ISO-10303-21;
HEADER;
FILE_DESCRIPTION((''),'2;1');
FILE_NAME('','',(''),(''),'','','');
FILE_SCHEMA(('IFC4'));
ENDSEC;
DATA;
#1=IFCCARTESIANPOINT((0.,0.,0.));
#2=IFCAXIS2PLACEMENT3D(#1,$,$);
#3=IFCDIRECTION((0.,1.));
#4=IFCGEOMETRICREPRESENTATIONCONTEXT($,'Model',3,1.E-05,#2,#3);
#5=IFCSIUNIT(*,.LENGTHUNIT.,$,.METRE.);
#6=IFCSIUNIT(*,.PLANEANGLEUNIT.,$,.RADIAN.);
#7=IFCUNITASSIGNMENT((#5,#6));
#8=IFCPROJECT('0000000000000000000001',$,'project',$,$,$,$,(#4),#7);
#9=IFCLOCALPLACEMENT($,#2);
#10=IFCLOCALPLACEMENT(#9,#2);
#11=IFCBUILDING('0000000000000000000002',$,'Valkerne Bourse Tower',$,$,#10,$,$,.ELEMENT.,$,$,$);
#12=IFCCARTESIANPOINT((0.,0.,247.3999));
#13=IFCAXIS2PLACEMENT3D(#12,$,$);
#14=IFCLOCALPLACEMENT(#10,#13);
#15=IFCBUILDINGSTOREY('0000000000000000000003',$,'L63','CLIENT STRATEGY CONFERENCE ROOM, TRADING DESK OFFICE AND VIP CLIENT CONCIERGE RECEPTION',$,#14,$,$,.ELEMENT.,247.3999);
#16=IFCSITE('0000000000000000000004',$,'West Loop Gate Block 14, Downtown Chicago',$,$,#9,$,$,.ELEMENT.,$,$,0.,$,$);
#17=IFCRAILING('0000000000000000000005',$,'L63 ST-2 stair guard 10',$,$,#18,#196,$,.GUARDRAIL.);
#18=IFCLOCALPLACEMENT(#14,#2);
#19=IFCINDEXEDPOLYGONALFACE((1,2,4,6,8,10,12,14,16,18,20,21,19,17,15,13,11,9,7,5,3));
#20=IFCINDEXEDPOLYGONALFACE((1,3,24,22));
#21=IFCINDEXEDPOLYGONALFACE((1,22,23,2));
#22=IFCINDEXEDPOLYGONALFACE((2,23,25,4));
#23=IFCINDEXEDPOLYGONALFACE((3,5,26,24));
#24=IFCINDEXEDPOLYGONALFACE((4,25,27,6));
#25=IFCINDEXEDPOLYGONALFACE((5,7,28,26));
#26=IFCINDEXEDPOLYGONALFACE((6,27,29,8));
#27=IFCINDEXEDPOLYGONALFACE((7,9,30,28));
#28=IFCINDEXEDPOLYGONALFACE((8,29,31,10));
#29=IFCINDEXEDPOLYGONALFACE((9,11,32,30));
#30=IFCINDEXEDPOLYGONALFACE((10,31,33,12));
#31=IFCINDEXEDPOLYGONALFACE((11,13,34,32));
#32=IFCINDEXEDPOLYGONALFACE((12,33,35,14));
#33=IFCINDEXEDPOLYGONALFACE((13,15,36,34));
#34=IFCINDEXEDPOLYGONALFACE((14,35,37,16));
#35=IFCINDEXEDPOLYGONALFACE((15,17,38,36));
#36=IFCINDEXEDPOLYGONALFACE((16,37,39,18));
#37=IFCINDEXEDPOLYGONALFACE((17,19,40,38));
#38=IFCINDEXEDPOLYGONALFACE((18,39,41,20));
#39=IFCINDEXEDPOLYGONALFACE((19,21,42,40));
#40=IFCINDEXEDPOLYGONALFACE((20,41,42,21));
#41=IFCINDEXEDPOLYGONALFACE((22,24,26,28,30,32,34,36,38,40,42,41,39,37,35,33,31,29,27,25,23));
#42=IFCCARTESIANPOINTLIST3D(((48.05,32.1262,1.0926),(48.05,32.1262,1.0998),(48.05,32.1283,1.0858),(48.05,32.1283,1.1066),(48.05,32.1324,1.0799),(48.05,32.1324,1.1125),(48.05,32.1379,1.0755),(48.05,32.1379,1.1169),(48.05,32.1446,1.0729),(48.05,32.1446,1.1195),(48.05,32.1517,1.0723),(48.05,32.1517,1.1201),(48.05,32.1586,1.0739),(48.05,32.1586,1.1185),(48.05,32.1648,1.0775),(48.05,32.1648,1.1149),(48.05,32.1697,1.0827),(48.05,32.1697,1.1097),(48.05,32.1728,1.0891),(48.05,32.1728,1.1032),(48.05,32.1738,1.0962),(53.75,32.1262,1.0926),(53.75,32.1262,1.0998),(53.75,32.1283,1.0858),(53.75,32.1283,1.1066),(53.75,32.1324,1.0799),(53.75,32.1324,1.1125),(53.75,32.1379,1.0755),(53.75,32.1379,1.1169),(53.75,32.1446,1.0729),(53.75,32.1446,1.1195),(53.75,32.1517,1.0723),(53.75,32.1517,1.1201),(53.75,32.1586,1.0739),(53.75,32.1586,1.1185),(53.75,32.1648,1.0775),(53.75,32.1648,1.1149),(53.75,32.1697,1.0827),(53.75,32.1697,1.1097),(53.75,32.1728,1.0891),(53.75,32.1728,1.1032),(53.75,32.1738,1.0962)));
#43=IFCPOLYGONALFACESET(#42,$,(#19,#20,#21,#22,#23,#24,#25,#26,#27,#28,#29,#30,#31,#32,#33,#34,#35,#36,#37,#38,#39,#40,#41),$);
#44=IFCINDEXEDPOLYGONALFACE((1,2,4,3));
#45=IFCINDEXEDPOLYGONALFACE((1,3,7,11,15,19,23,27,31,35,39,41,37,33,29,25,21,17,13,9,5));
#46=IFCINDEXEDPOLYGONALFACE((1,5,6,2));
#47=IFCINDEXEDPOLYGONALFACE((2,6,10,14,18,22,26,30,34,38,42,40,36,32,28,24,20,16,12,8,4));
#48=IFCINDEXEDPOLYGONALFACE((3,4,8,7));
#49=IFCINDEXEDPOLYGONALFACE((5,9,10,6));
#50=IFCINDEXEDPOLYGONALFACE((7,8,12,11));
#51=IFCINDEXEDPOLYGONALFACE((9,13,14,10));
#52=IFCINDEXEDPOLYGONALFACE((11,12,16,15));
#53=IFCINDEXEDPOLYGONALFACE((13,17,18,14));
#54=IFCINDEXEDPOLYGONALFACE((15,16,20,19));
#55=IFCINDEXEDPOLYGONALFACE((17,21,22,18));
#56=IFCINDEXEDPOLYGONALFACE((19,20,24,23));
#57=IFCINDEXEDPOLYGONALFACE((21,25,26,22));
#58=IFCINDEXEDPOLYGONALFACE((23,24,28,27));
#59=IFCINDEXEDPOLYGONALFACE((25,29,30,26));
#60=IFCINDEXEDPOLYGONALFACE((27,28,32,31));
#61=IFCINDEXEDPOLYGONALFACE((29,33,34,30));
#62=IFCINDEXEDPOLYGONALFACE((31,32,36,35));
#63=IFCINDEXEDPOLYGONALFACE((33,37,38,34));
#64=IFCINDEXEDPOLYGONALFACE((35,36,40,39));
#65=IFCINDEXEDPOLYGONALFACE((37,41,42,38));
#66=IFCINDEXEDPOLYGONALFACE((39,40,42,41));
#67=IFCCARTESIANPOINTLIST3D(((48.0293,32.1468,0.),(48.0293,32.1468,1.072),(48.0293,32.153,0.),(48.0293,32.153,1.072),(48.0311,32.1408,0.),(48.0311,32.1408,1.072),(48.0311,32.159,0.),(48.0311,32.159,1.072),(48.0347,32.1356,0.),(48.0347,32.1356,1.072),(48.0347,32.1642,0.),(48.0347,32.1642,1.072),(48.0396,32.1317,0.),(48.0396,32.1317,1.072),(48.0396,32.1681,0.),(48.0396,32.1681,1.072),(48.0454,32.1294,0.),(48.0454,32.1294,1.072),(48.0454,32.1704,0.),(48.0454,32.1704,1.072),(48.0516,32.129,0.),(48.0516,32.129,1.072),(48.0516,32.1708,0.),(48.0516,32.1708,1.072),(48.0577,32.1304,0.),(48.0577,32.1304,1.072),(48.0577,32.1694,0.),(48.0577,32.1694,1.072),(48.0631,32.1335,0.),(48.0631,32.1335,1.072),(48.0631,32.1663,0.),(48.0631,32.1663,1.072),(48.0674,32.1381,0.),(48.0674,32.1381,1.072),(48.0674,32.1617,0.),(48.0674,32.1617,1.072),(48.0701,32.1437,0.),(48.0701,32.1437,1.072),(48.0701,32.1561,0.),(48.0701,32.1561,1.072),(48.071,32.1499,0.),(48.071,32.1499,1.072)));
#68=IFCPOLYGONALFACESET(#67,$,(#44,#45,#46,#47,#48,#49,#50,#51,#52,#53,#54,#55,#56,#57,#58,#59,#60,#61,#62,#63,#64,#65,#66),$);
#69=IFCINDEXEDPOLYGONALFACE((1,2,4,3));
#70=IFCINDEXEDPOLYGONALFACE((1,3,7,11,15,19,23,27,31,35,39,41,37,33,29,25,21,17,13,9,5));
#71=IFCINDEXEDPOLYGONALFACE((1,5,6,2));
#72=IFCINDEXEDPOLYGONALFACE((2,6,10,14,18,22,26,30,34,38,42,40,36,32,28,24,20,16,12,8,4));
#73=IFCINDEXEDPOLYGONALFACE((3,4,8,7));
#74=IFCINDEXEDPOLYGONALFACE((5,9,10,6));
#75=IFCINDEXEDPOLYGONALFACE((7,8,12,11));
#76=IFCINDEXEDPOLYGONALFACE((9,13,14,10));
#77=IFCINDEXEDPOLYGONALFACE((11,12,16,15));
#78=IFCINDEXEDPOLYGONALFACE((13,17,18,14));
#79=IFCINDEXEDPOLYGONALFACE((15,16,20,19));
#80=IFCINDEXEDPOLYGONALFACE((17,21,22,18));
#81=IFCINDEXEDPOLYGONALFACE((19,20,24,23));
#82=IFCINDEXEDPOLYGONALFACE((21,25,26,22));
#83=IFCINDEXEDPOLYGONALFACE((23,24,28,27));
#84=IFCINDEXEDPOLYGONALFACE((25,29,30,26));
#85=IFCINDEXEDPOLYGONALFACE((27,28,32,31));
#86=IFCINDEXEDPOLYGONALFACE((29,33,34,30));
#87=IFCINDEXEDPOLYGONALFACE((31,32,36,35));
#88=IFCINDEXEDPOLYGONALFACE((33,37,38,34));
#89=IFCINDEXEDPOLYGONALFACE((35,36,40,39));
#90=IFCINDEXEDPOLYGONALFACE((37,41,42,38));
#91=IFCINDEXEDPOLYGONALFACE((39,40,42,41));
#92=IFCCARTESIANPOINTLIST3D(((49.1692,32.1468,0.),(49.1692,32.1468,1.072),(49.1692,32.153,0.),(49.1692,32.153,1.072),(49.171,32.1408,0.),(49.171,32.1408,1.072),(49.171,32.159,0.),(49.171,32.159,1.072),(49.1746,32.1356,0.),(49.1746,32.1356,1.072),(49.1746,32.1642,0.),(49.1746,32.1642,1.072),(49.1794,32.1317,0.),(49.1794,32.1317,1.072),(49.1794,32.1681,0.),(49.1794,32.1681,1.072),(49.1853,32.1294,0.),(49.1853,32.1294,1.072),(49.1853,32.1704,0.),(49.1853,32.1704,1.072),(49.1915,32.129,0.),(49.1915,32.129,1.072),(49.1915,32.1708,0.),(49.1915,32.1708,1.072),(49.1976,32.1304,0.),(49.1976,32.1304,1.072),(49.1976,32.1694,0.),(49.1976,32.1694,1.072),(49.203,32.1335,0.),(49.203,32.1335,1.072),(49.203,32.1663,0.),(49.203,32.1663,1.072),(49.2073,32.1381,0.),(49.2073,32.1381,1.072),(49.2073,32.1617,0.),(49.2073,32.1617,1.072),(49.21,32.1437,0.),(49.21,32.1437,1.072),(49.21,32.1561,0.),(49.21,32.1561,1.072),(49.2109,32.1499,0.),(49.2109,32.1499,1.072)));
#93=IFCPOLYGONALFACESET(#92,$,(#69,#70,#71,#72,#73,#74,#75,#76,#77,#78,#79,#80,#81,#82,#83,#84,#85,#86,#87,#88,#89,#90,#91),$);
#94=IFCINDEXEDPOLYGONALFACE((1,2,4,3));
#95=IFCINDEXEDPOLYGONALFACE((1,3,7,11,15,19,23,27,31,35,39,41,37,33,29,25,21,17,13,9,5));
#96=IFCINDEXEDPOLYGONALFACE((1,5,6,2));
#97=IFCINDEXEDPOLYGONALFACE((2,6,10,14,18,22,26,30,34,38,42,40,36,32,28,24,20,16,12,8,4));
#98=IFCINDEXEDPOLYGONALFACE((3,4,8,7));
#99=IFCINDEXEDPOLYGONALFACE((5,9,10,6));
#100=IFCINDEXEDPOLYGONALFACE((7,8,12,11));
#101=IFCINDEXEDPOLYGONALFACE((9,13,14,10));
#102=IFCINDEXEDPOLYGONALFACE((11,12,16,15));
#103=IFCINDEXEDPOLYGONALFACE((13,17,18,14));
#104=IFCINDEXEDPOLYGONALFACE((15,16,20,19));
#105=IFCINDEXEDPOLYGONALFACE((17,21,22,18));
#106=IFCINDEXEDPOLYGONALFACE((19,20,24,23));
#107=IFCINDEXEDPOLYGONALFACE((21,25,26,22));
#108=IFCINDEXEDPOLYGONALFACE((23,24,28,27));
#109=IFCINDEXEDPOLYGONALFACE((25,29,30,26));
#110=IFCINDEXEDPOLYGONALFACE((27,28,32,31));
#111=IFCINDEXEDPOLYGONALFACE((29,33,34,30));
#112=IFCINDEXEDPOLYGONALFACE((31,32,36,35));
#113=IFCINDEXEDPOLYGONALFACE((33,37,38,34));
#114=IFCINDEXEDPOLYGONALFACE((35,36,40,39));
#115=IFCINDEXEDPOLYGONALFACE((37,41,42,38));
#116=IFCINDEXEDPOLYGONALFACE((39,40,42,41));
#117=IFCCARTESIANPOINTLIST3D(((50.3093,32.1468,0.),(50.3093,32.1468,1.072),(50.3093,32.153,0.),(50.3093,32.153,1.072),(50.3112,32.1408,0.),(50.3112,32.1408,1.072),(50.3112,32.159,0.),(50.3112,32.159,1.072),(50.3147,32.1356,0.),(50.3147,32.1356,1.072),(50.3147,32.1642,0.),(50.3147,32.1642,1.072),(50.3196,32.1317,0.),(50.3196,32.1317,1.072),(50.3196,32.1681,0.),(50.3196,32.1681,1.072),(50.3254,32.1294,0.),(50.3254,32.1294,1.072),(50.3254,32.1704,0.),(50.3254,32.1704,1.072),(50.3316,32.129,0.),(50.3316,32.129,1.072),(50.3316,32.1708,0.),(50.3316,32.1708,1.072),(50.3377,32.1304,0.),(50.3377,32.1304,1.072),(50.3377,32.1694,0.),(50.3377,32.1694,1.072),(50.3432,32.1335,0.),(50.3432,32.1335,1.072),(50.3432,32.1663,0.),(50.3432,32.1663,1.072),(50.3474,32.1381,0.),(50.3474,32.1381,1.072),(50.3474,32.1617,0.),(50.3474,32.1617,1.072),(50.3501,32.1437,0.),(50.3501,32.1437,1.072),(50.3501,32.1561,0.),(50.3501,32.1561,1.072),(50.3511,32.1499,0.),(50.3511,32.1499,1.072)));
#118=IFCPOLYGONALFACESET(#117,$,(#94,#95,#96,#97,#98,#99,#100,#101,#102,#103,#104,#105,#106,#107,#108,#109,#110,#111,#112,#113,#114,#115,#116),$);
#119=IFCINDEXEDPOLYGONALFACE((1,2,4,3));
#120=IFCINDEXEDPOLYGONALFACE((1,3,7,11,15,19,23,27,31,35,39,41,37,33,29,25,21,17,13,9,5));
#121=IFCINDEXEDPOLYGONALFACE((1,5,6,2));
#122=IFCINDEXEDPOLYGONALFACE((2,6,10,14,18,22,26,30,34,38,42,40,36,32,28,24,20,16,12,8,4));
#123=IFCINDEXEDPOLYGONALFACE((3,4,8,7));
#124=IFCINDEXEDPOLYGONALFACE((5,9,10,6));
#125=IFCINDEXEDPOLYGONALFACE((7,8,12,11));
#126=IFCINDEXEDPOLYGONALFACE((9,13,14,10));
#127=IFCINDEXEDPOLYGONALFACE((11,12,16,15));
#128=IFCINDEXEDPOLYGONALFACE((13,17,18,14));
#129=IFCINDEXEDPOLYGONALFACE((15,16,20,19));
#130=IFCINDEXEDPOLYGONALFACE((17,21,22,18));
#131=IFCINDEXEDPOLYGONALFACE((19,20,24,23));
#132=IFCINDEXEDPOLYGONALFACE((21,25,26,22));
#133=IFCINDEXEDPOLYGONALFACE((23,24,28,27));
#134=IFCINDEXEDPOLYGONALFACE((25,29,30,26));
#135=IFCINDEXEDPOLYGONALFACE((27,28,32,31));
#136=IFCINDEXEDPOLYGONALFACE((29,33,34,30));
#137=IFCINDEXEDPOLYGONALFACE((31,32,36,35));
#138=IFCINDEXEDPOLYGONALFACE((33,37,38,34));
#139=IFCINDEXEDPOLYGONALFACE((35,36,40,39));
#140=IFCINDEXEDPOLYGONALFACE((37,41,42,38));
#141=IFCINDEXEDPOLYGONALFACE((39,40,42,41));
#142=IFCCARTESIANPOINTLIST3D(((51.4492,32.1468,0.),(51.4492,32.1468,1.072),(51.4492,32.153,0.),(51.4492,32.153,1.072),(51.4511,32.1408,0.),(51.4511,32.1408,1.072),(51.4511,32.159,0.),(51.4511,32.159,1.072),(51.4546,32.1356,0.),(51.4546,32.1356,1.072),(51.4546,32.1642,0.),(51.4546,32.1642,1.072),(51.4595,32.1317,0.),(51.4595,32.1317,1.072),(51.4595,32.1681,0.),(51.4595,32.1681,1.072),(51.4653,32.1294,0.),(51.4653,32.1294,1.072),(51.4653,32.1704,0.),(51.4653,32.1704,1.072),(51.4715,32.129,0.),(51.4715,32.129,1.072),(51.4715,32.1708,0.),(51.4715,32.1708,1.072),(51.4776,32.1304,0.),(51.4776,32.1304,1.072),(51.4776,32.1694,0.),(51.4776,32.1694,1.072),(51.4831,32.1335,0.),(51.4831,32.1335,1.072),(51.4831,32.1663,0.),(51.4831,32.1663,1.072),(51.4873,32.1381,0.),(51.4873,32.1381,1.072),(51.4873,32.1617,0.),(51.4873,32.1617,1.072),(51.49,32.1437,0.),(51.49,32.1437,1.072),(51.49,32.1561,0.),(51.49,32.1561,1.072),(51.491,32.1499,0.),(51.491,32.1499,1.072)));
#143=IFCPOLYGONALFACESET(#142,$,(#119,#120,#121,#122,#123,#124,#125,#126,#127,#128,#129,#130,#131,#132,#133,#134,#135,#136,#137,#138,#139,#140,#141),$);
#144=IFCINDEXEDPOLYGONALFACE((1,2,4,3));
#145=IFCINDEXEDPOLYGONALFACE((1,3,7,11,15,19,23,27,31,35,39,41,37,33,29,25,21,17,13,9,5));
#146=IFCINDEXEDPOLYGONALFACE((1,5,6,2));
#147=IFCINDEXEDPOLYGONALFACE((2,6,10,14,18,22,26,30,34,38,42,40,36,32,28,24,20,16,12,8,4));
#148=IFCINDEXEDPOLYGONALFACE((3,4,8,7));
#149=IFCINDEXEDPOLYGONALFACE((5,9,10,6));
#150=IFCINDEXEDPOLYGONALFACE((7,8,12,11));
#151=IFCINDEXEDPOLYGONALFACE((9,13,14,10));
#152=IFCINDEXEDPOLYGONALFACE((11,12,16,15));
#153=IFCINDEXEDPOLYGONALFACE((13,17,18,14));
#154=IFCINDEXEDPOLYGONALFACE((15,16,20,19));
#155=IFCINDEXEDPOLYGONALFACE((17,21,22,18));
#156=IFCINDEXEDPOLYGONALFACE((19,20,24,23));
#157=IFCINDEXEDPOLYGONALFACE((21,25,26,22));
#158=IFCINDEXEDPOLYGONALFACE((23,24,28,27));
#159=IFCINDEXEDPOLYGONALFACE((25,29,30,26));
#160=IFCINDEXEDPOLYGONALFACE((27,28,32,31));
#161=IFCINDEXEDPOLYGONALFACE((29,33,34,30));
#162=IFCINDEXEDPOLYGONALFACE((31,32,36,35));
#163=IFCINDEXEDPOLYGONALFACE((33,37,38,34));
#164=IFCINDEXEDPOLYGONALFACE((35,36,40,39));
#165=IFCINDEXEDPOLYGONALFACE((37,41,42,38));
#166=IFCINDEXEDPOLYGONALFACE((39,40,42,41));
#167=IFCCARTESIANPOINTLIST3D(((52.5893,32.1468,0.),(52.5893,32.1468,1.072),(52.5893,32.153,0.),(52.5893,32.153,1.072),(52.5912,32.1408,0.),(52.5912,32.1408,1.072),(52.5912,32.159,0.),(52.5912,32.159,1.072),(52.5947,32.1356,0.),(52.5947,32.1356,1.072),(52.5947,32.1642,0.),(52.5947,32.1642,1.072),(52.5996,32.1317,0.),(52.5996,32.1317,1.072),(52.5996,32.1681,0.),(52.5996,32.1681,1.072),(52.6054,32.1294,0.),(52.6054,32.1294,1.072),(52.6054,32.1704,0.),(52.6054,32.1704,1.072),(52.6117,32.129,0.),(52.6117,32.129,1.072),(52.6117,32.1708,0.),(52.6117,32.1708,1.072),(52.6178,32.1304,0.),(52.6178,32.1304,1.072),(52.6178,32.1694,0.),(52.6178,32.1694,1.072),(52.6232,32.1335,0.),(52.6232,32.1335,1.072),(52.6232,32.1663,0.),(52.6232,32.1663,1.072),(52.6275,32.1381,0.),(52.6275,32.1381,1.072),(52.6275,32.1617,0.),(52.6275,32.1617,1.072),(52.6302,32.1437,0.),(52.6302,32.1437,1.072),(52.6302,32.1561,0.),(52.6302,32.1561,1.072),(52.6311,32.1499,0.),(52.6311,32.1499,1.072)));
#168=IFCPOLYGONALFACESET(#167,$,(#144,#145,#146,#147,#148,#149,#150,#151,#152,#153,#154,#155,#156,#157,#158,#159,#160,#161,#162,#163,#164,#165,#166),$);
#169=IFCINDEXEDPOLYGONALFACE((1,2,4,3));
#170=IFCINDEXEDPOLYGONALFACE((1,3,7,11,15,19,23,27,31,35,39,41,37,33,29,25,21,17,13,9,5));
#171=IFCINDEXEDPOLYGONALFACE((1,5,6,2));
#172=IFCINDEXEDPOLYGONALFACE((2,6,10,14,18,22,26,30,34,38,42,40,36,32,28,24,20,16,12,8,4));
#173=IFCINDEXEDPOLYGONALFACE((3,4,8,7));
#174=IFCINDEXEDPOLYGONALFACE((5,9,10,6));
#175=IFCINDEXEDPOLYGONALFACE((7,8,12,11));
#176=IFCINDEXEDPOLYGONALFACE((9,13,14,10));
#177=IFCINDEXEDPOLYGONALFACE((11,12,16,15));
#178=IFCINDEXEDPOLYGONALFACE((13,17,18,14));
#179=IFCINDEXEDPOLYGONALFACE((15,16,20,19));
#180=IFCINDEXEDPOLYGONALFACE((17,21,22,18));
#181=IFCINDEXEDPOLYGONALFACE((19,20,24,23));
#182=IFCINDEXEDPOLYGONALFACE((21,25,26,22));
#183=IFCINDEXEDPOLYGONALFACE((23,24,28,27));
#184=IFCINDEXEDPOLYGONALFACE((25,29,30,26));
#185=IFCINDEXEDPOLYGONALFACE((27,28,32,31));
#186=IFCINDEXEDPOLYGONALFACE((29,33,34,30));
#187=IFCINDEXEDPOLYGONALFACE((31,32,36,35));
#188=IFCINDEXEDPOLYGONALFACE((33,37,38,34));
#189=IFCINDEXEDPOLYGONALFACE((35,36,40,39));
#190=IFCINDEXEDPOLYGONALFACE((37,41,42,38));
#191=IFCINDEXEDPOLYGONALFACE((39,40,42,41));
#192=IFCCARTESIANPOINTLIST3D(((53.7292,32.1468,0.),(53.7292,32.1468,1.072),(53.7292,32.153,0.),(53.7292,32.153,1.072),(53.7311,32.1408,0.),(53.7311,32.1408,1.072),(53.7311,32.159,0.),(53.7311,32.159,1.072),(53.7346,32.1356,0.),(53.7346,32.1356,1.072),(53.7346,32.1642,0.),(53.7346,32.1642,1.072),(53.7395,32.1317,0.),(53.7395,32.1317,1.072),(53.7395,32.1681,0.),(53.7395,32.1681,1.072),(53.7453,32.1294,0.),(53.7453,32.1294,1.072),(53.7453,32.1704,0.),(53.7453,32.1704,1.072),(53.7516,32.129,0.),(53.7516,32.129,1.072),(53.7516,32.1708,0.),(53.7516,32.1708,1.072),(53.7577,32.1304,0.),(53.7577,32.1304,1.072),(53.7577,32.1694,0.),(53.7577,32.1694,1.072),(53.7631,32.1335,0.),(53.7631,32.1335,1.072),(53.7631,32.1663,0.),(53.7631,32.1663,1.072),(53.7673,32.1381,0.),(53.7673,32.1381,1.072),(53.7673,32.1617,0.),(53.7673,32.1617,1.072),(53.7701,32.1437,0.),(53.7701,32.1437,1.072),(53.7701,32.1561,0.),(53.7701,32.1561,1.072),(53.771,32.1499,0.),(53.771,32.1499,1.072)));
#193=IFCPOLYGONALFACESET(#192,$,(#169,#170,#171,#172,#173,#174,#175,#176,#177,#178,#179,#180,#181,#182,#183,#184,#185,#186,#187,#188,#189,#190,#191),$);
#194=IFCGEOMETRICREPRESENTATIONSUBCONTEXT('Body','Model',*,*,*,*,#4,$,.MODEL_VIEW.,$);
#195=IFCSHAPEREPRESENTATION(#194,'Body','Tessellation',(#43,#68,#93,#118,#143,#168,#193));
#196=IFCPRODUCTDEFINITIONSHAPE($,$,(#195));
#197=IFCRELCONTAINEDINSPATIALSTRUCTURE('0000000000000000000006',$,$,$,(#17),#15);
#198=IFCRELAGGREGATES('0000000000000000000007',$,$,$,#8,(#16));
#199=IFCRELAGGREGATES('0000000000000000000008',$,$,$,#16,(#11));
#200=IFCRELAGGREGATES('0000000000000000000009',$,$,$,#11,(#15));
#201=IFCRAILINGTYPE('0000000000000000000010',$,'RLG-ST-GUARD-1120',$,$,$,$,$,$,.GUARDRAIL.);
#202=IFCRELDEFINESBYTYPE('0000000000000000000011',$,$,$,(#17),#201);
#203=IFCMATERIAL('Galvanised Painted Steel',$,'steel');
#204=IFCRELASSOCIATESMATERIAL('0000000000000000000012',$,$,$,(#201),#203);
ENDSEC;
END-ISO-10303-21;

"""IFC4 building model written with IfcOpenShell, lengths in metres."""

from ifc_helpers import new_model, si_unit, direction, frame, origin, origin_2d, place, context, subcontext, project, spatial, circle, extrude, material, type_object, element, save


model = new_model("IFC4")

# Units and contexts
model_context = context("Model", 3, precision=1e-05, world=origin(), true_north=direction((0.0, 1.0)))
body_context = subcontext(model_context, "Body", "Model", "MODEL_VIEW")
ifc_project = project(units=[si_unit("LENGTHUNIT", "METRE"), si_unit("PLANEANGLEUNIT", "RADIAN")], contexts=[model_context])

# Site, building, storey
site_placement = place(None, origin())
site = spatial("IfcSite", under=ifc_project, at=site_placement, Name="West Loop Gate Block 14, Downtown Chicago", CompositionType="ELEMENT", RefElevation=0.0)
building_placement = place(site_placement, origin())
building = spatial("IfcBuilding", under=site, at=building_placement, Name="Valkerne Bourse Tower", CompositionType="ELEMENT")
storey_placement = place(building_placement, frame((0.0, 0.0, 247.3999)))
storey = spatial("IfcBuildingStorey", under=building, at=storey_placement, Name="L63", Description="CLIENT STRATEGY CONFERENCE ROOM, TRADING DESK OFFICE AND VIP CLIENT CONCIERGE RECEPTION", CompositionType="ELEMENT", Elevation=247.3999)

# Shared definitions
ifc_material_1 = material(Name="Galvanised Painted Steel", Category="steel")

# Railing
railing_type_1 = type_object("IfcRailingType", Name="RLG-ST-GUARD-1120", PredefinedType="GUARDRAIL", material=ifc_material_1)
railing_1_placement = place(storey_placement, frame((48.05, 32.1499, 0.0)))
element("IfcRailing", 1, at=railing_1_placement, inside=storey, type_object=railing_type_1, Name="L63 ST-2 stair guard 10", PredefinedType="GUARDRAIL", context=body_context, shape_type="SweptSolid", body=[
    extrude(circle(Radius=0.0239, at=origin_2d()), frame((0.0, 0.0, 1.0962), z_axis=(1.0, 0.0, 0.0), x_axis=(0.0, 1.0, 0.0)), (0.0, 0.0, 1.0), 5.7),
    extrude(circle(Radius=0.021, at=origin_2d()), origin(), (0.0, 0.0, 1.0), 1.072),
    extrude(circle(Radius=0.021, at=origin_2d()), frame((1.1399, 0.0, 0.0)), (0.0, 0.0, 1.0), 1.072),
    extrude(circle(Radius=0.021, at=origin_2d()), frame((2.28, 0.0, 0.0)), (0.0, 0.0, 1.0), 1.072),
    extrude(circle(Radius=0.021, at=origin_2d()), frame((3.4199, 0.0, 0.0)), (0.0, 0.0, 1.0), 1.072),
    extrude(circle(Radius=0.021, at=origin_2d()), frame((4.5601, 0.0, 0.0)), (0.0, 0.0, 1.0), 1.072),
    extrude(circle(Radius=0.021, at=origin_2d()), frame((5.7, 0.0, 0.0)), (0.0, 0.0, 1.0), 1.072),
])

save(model, "model.ifc")
